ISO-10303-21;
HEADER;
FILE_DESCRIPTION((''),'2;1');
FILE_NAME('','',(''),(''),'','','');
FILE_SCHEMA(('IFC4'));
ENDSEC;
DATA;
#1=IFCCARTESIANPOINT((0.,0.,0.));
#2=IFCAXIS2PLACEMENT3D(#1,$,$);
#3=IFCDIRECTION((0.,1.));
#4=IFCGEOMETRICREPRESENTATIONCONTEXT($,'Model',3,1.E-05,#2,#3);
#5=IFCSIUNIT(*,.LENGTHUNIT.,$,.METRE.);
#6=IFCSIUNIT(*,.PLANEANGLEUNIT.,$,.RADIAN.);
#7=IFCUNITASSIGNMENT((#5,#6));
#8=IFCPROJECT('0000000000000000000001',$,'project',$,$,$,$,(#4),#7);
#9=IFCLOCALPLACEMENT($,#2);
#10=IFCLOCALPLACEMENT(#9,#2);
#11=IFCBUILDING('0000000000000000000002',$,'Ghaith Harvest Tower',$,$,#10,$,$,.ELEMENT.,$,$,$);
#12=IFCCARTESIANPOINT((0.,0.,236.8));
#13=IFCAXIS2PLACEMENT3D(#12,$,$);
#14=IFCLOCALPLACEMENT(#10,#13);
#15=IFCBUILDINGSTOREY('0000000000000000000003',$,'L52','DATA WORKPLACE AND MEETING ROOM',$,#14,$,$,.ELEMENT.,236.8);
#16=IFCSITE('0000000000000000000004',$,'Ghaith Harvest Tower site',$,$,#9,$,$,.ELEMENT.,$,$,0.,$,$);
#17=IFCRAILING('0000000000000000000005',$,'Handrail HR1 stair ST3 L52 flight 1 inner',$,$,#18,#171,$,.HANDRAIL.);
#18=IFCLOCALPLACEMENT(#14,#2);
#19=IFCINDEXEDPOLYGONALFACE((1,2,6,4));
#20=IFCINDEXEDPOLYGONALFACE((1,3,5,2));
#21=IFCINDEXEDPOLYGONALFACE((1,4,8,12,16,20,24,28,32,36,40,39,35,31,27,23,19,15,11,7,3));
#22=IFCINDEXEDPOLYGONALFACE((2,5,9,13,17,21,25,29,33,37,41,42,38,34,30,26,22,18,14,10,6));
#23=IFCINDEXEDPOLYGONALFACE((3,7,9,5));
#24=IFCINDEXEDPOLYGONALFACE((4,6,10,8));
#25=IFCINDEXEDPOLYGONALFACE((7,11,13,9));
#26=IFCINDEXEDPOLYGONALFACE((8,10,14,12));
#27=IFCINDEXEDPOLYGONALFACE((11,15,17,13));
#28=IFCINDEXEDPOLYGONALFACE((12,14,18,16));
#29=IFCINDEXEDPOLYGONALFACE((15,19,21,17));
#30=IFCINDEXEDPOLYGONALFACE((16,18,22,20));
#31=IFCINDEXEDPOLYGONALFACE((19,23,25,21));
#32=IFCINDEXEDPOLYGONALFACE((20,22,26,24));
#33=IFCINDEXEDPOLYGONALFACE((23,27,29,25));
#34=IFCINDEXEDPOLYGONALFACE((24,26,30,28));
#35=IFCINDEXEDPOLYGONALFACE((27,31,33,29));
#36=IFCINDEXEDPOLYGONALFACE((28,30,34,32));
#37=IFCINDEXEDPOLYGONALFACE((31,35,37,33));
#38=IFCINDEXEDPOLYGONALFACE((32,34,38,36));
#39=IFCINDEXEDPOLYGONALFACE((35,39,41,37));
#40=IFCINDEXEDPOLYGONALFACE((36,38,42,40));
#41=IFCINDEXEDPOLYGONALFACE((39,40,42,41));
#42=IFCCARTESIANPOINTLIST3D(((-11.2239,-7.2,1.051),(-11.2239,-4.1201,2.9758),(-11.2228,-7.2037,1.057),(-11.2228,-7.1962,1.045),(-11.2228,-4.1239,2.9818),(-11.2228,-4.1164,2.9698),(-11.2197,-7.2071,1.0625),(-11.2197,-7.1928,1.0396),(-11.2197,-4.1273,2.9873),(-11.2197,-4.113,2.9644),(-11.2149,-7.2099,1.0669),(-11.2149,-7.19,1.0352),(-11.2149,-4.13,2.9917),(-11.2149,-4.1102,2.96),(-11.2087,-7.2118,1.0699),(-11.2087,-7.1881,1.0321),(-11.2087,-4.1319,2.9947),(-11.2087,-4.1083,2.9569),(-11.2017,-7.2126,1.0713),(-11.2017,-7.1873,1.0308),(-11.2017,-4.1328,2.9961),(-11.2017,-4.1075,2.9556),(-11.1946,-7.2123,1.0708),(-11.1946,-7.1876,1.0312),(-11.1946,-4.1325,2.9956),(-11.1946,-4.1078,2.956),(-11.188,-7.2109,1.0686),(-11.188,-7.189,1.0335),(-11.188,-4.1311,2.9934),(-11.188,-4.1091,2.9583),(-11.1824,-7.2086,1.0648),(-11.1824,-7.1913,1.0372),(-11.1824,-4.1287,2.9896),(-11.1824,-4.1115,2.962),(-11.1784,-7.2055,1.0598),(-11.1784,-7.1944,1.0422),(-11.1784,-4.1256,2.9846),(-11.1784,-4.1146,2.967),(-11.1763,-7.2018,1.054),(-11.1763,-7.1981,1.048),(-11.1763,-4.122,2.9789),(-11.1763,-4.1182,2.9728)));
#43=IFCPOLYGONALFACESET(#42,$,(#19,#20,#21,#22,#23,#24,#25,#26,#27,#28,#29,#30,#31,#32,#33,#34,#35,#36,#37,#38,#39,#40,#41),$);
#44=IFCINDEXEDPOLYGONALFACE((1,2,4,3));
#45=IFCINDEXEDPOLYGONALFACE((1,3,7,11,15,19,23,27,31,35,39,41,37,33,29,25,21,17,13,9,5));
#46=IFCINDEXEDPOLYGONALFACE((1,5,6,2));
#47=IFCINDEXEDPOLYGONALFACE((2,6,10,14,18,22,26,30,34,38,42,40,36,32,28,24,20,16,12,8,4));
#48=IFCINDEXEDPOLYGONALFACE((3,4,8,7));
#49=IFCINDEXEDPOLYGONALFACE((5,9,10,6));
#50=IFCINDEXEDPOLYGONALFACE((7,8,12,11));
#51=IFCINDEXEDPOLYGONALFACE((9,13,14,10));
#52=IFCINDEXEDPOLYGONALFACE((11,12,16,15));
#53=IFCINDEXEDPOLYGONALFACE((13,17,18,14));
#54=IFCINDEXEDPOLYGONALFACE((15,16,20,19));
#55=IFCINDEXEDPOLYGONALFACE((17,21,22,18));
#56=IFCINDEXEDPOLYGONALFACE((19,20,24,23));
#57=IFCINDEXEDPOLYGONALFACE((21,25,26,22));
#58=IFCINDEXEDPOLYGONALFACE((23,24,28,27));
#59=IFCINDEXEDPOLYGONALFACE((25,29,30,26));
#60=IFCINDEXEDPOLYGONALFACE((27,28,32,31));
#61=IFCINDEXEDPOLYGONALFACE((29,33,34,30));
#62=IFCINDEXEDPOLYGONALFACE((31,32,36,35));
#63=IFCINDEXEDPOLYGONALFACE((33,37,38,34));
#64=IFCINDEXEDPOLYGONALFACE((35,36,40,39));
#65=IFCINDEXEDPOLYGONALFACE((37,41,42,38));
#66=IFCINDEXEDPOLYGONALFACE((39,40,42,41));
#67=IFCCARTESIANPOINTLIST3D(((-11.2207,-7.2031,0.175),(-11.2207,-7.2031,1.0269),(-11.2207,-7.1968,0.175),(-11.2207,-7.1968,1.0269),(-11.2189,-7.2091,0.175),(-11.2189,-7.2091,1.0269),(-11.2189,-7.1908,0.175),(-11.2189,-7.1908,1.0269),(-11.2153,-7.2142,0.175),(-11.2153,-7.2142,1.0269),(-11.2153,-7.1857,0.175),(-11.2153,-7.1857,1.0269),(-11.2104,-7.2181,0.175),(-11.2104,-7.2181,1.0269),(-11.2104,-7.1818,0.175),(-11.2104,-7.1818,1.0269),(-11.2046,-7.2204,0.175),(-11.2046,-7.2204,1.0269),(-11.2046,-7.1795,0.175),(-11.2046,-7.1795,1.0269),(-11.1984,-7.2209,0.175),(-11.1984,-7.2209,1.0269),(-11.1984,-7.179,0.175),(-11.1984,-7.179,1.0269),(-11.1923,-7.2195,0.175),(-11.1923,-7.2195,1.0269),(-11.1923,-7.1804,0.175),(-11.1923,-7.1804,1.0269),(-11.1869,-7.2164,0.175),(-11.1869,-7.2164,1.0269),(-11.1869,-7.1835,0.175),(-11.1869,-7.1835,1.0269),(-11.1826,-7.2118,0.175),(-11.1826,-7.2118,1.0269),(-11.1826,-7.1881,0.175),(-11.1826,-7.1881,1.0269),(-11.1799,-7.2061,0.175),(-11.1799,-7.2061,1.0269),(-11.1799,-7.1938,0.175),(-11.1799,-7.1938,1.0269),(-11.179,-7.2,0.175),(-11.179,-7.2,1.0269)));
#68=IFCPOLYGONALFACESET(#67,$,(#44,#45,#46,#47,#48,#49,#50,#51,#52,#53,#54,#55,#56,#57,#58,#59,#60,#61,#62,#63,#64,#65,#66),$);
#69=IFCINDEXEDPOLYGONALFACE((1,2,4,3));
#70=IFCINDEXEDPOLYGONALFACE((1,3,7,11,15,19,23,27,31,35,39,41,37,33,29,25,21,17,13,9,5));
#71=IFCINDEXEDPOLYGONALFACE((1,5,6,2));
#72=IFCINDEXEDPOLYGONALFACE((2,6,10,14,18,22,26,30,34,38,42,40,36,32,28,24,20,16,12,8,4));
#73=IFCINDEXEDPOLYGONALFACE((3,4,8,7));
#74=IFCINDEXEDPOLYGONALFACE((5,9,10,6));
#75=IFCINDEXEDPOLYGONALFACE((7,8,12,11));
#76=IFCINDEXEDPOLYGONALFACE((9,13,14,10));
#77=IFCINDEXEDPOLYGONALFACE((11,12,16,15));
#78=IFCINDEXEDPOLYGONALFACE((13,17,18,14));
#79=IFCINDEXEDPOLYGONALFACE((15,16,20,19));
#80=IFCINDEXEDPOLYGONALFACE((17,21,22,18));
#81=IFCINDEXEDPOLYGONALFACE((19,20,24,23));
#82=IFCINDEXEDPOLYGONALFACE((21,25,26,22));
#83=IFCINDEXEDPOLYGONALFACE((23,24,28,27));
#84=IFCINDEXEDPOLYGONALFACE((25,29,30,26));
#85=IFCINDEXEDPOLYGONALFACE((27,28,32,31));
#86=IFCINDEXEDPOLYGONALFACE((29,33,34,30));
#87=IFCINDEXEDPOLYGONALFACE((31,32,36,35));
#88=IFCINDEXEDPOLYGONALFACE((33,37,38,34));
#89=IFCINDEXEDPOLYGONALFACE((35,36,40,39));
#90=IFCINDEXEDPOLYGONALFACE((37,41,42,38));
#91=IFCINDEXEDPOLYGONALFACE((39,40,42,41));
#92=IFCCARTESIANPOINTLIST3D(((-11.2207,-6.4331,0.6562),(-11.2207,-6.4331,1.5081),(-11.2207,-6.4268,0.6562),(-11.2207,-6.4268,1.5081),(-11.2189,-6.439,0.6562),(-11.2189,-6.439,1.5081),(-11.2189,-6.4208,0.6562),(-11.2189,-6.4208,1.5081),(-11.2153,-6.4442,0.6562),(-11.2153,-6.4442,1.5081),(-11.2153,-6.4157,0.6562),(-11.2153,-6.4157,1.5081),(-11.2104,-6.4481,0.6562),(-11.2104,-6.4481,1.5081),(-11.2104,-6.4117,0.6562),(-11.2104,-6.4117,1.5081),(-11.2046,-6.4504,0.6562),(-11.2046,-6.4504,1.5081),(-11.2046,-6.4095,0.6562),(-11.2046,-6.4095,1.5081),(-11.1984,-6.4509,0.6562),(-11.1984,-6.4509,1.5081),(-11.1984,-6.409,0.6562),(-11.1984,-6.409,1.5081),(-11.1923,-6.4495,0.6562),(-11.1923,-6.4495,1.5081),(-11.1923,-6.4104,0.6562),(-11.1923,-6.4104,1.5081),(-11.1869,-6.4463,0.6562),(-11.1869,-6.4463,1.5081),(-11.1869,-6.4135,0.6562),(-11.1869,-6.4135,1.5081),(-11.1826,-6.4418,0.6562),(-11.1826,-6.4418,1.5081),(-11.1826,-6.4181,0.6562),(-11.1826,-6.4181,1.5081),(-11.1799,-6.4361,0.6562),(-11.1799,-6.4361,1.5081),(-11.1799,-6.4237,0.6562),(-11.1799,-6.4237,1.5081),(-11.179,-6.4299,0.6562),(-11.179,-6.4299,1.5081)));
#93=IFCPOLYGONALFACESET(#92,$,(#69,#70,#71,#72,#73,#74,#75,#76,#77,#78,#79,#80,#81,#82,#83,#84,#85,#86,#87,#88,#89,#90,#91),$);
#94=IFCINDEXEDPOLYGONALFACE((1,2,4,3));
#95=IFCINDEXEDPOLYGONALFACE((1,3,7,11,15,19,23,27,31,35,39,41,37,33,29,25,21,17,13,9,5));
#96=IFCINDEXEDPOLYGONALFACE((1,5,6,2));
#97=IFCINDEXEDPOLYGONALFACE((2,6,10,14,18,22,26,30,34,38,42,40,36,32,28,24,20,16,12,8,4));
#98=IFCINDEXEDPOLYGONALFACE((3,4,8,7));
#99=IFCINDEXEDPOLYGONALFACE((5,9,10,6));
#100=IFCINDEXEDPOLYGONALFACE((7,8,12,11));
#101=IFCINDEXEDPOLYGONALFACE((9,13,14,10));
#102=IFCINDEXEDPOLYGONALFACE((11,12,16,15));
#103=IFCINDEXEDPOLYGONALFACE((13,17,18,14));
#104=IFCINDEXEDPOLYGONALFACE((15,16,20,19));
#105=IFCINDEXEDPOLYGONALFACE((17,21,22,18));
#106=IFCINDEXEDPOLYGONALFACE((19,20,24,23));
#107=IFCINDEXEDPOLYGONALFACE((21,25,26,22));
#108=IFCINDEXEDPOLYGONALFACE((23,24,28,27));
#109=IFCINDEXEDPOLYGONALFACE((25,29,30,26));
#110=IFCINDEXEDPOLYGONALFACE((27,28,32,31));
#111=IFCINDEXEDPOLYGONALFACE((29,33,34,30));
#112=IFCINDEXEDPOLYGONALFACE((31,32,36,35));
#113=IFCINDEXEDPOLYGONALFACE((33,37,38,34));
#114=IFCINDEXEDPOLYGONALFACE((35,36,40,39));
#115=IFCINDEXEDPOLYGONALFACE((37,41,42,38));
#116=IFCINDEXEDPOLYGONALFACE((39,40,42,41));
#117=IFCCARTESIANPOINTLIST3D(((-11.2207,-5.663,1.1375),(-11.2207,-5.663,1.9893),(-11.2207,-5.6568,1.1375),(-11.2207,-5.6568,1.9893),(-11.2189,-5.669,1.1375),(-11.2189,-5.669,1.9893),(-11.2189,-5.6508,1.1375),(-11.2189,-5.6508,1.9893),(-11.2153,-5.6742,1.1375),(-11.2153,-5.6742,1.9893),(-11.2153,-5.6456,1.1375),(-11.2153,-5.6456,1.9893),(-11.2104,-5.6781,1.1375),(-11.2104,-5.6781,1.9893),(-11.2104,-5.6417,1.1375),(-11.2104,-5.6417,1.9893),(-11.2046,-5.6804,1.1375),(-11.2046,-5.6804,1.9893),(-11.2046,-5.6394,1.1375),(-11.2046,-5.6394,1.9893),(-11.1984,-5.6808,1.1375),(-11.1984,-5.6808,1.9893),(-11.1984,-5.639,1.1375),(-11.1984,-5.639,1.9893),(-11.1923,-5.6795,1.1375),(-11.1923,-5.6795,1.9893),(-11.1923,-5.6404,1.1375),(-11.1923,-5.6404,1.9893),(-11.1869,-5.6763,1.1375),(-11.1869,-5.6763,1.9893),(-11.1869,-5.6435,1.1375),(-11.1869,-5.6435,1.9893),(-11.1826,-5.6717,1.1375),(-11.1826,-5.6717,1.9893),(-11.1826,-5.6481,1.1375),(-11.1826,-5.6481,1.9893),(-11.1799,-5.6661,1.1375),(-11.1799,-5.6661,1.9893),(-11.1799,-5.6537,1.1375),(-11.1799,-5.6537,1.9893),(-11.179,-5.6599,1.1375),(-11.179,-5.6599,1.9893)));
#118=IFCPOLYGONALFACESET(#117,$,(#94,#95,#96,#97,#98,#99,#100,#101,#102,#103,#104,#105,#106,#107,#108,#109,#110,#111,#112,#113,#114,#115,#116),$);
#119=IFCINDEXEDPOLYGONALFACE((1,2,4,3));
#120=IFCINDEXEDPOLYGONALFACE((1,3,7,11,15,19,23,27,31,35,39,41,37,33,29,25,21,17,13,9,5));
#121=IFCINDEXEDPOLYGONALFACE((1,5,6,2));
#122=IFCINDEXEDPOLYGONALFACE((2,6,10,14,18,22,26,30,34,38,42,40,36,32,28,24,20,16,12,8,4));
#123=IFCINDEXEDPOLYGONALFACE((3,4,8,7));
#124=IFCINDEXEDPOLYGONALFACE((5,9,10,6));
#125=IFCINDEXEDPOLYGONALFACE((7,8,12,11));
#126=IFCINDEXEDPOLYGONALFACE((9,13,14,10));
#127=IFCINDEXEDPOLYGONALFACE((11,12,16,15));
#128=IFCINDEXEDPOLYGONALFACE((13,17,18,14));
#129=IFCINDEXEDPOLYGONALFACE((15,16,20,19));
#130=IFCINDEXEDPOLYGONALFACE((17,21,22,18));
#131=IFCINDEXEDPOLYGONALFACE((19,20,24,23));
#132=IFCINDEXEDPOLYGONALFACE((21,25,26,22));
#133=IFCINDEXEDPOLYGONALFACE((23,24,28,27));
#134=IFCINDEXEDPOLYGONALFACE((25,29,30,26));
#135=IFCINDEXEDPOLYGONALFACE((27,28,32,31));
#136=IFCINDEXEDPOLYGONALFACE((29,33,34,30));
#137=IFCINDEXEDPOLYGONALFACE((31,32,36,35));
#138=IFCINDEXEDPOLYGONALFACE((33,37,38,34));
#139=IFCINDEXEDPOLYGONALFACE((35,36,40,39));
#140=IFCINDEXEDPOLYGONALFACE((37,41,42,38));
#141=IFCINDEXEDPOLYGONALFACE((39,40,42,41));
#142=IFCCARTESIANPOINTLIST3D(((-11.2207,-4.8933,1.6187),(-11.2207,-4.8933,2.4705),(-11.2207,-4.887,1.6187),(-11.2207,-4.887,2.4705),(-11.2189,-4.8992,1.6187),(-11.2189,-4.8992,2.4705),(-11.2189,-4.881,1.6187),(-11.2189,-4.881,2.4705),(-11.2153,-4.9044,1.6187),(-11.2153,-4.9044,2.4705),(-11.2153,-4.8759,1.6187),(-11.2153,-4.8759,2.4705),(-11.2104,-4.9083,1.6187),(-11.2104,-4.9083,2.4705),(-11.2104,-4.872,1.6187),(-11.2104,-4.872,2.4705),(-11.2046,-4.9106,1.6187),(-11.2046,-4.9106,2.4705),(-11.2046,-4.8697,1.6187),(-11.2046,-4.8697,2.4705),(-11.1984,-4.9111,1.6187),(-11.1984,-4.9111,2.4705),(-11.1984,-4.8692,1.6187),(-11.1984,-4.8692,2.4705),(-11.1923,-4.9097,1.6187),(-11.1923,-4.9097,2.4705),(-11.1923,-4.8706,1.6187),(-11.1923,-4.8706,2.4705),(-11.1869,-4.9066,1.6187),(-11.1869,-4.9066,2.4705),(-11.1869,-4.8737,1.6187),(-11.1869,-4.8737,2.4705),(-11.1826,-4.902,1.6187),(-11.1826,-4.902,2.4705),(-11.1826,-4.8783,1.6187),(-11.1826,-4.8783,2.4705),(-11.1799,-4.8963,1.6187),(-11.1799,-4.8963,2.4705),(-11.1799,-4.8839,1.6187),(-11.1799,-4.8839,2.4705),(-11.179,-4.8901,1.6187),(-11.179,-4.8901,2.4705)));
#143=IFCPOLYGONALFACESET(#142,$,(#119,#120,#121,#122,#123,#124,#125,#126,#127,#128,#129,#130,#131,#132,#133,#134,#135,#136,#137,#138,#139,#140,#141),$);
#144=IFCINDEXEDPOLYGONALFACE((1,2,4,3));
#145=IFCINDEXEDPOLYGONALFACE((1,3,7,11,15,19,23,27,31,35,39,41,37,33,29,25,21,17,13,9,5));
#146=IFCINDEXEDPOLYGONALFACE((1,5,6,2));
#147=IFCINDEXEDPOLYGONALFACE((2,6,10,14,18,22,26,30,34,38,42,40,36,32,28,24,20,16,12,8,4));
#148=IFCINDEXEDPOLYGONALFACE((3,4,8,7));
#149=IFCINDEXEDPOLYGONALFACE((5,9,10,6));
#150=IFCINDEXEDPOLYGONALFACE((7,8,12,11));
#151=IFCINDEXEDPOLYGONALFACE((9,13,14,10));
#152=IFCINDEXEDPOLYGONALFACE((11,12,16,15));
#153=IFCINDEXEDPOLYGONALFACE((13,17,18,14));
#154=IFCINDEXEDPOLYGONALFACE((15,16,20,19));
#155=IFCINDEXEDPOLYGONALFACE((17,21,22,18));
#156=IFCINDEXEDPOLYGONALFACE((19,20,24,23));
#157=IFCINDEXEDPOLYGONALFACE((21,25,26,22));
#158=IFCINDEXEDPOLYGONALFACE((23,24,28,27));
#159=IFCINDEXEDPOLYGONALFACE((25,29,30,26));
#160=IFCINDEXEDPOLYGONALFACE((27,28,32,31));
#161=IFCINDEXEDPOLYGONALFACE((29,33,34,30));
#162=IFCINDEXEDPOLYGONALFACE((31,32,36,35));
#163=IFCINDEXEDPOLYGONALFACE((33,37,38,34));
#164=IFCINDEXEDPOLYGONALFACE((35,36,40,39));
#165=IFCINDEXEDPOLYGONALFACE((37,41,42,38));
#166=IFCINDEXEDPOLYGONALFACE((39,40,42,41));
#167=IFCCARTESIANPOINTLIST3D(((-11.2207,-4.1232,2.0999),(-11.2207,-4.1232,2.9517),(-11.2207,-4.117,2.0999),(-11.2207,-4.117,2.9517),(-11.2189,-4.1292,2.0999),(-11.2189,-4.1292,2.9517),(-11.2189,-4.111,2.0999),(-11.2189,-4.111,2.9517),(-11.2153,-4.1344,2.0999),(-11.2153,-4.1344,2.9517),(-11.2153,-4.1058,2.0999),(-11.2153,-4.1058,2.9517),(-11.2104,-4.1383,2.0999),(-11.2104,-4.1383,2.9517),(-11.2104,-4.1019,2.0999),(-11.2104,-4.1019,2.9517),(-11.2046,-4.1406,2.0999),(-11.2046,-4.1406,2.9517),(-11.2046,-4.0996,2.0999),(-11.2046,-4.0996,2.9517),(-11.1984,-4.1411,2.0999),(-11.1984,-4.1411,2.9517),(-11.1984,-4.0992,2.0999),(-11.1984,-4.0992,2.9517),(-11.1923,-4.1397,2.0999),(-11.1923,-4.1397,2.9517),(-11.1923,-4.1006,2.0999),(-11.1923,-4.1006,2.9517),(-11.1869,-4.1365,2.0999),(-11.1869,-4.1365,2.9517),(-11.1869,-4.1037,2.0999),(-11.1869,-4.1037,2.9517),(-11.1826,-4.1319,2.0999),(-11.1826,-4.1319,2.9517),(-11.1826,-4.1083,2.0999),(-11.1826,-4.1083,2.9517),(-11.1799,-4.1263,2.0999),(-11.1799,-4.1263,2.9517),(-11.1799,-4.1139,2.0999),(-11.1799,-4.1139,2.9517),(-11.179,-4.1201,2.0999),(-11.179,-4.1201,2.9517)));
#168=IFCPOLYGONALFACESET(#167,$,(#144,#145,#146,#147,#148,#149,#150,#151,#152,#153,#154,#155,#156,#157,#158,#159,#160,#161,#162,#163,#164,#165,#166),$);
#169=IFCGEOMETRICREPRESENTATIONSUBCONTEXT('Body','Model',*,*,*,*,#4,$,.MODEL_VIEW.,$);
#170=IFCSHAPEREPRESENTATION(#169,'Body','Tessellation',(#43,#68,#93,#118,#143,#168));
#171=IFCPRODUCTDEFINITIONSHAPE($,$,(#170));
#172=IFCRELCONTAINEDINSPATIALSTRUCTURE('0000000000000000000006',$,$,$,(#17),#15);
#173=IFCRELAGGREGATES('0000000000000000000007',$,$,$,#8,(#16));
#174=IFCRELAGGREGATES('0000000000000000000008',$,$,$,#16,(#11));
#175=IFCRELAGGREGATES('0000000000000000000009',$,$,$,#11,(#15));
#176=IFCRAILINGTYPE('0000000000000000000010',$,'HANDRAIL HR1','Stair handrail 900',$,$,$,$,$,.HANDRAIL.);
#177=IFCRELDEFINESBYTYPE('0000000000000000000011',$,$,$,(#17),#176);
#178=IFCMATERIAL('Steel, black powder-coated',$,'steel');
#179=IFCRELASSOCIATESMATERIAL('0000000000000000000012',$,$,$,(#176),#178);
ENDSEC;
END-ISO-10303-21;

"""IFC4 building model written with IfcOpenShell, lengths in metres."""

from ifc_helpers import new_model, si_unit, direction, frame, origin, origin_2d, place, context, subcontext, project, spatial, circle, extrude, material, type_object, element, save


model = new_model("IFC4")

# Units and contexts
model_context = context("Model", 3, precision=1e-05, world=origin(), true_north=direction((0.0, 1.0)))
body_context = subcontext(model_context, "Body", "Model", "MODEL_VIEW")
ifc_project = project(units=[si_unit("LENGTHUNIT", "METRE"), si_unit("PLANEANGLEUNIT", "RADIAN")], contexts=[model_context])

# Site, building, storey
site_placement = place(None, origin())
site = spatial("IfcSite", under=ifc_project, at=site_placement, Name="Ghaith Harvest Tower site", CompositionType="ELEMENT", RefElevation=0.0)
building_placement = place(site_placement, origin())
building = spatial("IfcBuilding", under=site, at=building_placement, Name="Ghaith Harvest Tower", CompositionType="ELEMENT")
storey_placement = place(building_placement, frame((0.0, 0.0, 236.8)))
storey = spatial("IfcBuildingStorey", under=building, at=storey_placement, Name="L52", Description="DATA WORKPLACE AND MEETING ROOM", CompositionType="ELEMENT", Elevation=236.8)

# Railing
ifc_material_1 = material(Name="Steel, black powder-coated", Category="steel")
railing_type = type_object("IfcRailingType", Name="HANDRAIL HR1", Description="Stair handrail 900", PredefinedType="HANDRAIL", material=ifc_material_1)
railing_1_placement = place(storey_placement, frame((-11.2, -7.2, 0.175)))
element("IfcRailing", 1, at=railing_1_placement, inside=storey, type_object=railing_type, Name="Handrail HR1 stair ST3 L52 flight 1 inner", PredefinedType="HANDRAIL", context=body_context, shape_type="SweptSolid", body=[
    extrude(circle(Radius=0.0239, at=origin_2d()), frame((0.0, 0.0, 0.876), z_axis=(0.0, 0.84801, 0.529981), x_axis=(-1.0, 0.0, 0.0)), (0.0, 0.0, 1.0), 3.6318),
    extrude(circle(Radius=0.021, at=origin_2d()), origin(), (0.0, 0.0, 1.0), 0.8518),
    extrude(circle(Radius=0.021, at=origin_2d()), frame((0.0, 0.77, 0.4812)), (0.0, 0.0, 1.0), 0.8518),
    extrude(circle(Radius=0.021, at=origin_2d()), frame((0.0, 1.54, 0.9624)), (0.0, 0.0, 1.0), 0.8518),
    extrude(circle(Radius=0.021, at=origin_2d()), frame((0.0, 2.3098, 1.4436)), (0.0, 0.0, 1.0), 0.8518),
    extrude(circle(Radius=0.021, at=origin_2d()), frame((0.0, 3.0798, 1.9248)), (0.0, 0.0, 1.0), 0.8518),
])

save(model, "model.ifc")
